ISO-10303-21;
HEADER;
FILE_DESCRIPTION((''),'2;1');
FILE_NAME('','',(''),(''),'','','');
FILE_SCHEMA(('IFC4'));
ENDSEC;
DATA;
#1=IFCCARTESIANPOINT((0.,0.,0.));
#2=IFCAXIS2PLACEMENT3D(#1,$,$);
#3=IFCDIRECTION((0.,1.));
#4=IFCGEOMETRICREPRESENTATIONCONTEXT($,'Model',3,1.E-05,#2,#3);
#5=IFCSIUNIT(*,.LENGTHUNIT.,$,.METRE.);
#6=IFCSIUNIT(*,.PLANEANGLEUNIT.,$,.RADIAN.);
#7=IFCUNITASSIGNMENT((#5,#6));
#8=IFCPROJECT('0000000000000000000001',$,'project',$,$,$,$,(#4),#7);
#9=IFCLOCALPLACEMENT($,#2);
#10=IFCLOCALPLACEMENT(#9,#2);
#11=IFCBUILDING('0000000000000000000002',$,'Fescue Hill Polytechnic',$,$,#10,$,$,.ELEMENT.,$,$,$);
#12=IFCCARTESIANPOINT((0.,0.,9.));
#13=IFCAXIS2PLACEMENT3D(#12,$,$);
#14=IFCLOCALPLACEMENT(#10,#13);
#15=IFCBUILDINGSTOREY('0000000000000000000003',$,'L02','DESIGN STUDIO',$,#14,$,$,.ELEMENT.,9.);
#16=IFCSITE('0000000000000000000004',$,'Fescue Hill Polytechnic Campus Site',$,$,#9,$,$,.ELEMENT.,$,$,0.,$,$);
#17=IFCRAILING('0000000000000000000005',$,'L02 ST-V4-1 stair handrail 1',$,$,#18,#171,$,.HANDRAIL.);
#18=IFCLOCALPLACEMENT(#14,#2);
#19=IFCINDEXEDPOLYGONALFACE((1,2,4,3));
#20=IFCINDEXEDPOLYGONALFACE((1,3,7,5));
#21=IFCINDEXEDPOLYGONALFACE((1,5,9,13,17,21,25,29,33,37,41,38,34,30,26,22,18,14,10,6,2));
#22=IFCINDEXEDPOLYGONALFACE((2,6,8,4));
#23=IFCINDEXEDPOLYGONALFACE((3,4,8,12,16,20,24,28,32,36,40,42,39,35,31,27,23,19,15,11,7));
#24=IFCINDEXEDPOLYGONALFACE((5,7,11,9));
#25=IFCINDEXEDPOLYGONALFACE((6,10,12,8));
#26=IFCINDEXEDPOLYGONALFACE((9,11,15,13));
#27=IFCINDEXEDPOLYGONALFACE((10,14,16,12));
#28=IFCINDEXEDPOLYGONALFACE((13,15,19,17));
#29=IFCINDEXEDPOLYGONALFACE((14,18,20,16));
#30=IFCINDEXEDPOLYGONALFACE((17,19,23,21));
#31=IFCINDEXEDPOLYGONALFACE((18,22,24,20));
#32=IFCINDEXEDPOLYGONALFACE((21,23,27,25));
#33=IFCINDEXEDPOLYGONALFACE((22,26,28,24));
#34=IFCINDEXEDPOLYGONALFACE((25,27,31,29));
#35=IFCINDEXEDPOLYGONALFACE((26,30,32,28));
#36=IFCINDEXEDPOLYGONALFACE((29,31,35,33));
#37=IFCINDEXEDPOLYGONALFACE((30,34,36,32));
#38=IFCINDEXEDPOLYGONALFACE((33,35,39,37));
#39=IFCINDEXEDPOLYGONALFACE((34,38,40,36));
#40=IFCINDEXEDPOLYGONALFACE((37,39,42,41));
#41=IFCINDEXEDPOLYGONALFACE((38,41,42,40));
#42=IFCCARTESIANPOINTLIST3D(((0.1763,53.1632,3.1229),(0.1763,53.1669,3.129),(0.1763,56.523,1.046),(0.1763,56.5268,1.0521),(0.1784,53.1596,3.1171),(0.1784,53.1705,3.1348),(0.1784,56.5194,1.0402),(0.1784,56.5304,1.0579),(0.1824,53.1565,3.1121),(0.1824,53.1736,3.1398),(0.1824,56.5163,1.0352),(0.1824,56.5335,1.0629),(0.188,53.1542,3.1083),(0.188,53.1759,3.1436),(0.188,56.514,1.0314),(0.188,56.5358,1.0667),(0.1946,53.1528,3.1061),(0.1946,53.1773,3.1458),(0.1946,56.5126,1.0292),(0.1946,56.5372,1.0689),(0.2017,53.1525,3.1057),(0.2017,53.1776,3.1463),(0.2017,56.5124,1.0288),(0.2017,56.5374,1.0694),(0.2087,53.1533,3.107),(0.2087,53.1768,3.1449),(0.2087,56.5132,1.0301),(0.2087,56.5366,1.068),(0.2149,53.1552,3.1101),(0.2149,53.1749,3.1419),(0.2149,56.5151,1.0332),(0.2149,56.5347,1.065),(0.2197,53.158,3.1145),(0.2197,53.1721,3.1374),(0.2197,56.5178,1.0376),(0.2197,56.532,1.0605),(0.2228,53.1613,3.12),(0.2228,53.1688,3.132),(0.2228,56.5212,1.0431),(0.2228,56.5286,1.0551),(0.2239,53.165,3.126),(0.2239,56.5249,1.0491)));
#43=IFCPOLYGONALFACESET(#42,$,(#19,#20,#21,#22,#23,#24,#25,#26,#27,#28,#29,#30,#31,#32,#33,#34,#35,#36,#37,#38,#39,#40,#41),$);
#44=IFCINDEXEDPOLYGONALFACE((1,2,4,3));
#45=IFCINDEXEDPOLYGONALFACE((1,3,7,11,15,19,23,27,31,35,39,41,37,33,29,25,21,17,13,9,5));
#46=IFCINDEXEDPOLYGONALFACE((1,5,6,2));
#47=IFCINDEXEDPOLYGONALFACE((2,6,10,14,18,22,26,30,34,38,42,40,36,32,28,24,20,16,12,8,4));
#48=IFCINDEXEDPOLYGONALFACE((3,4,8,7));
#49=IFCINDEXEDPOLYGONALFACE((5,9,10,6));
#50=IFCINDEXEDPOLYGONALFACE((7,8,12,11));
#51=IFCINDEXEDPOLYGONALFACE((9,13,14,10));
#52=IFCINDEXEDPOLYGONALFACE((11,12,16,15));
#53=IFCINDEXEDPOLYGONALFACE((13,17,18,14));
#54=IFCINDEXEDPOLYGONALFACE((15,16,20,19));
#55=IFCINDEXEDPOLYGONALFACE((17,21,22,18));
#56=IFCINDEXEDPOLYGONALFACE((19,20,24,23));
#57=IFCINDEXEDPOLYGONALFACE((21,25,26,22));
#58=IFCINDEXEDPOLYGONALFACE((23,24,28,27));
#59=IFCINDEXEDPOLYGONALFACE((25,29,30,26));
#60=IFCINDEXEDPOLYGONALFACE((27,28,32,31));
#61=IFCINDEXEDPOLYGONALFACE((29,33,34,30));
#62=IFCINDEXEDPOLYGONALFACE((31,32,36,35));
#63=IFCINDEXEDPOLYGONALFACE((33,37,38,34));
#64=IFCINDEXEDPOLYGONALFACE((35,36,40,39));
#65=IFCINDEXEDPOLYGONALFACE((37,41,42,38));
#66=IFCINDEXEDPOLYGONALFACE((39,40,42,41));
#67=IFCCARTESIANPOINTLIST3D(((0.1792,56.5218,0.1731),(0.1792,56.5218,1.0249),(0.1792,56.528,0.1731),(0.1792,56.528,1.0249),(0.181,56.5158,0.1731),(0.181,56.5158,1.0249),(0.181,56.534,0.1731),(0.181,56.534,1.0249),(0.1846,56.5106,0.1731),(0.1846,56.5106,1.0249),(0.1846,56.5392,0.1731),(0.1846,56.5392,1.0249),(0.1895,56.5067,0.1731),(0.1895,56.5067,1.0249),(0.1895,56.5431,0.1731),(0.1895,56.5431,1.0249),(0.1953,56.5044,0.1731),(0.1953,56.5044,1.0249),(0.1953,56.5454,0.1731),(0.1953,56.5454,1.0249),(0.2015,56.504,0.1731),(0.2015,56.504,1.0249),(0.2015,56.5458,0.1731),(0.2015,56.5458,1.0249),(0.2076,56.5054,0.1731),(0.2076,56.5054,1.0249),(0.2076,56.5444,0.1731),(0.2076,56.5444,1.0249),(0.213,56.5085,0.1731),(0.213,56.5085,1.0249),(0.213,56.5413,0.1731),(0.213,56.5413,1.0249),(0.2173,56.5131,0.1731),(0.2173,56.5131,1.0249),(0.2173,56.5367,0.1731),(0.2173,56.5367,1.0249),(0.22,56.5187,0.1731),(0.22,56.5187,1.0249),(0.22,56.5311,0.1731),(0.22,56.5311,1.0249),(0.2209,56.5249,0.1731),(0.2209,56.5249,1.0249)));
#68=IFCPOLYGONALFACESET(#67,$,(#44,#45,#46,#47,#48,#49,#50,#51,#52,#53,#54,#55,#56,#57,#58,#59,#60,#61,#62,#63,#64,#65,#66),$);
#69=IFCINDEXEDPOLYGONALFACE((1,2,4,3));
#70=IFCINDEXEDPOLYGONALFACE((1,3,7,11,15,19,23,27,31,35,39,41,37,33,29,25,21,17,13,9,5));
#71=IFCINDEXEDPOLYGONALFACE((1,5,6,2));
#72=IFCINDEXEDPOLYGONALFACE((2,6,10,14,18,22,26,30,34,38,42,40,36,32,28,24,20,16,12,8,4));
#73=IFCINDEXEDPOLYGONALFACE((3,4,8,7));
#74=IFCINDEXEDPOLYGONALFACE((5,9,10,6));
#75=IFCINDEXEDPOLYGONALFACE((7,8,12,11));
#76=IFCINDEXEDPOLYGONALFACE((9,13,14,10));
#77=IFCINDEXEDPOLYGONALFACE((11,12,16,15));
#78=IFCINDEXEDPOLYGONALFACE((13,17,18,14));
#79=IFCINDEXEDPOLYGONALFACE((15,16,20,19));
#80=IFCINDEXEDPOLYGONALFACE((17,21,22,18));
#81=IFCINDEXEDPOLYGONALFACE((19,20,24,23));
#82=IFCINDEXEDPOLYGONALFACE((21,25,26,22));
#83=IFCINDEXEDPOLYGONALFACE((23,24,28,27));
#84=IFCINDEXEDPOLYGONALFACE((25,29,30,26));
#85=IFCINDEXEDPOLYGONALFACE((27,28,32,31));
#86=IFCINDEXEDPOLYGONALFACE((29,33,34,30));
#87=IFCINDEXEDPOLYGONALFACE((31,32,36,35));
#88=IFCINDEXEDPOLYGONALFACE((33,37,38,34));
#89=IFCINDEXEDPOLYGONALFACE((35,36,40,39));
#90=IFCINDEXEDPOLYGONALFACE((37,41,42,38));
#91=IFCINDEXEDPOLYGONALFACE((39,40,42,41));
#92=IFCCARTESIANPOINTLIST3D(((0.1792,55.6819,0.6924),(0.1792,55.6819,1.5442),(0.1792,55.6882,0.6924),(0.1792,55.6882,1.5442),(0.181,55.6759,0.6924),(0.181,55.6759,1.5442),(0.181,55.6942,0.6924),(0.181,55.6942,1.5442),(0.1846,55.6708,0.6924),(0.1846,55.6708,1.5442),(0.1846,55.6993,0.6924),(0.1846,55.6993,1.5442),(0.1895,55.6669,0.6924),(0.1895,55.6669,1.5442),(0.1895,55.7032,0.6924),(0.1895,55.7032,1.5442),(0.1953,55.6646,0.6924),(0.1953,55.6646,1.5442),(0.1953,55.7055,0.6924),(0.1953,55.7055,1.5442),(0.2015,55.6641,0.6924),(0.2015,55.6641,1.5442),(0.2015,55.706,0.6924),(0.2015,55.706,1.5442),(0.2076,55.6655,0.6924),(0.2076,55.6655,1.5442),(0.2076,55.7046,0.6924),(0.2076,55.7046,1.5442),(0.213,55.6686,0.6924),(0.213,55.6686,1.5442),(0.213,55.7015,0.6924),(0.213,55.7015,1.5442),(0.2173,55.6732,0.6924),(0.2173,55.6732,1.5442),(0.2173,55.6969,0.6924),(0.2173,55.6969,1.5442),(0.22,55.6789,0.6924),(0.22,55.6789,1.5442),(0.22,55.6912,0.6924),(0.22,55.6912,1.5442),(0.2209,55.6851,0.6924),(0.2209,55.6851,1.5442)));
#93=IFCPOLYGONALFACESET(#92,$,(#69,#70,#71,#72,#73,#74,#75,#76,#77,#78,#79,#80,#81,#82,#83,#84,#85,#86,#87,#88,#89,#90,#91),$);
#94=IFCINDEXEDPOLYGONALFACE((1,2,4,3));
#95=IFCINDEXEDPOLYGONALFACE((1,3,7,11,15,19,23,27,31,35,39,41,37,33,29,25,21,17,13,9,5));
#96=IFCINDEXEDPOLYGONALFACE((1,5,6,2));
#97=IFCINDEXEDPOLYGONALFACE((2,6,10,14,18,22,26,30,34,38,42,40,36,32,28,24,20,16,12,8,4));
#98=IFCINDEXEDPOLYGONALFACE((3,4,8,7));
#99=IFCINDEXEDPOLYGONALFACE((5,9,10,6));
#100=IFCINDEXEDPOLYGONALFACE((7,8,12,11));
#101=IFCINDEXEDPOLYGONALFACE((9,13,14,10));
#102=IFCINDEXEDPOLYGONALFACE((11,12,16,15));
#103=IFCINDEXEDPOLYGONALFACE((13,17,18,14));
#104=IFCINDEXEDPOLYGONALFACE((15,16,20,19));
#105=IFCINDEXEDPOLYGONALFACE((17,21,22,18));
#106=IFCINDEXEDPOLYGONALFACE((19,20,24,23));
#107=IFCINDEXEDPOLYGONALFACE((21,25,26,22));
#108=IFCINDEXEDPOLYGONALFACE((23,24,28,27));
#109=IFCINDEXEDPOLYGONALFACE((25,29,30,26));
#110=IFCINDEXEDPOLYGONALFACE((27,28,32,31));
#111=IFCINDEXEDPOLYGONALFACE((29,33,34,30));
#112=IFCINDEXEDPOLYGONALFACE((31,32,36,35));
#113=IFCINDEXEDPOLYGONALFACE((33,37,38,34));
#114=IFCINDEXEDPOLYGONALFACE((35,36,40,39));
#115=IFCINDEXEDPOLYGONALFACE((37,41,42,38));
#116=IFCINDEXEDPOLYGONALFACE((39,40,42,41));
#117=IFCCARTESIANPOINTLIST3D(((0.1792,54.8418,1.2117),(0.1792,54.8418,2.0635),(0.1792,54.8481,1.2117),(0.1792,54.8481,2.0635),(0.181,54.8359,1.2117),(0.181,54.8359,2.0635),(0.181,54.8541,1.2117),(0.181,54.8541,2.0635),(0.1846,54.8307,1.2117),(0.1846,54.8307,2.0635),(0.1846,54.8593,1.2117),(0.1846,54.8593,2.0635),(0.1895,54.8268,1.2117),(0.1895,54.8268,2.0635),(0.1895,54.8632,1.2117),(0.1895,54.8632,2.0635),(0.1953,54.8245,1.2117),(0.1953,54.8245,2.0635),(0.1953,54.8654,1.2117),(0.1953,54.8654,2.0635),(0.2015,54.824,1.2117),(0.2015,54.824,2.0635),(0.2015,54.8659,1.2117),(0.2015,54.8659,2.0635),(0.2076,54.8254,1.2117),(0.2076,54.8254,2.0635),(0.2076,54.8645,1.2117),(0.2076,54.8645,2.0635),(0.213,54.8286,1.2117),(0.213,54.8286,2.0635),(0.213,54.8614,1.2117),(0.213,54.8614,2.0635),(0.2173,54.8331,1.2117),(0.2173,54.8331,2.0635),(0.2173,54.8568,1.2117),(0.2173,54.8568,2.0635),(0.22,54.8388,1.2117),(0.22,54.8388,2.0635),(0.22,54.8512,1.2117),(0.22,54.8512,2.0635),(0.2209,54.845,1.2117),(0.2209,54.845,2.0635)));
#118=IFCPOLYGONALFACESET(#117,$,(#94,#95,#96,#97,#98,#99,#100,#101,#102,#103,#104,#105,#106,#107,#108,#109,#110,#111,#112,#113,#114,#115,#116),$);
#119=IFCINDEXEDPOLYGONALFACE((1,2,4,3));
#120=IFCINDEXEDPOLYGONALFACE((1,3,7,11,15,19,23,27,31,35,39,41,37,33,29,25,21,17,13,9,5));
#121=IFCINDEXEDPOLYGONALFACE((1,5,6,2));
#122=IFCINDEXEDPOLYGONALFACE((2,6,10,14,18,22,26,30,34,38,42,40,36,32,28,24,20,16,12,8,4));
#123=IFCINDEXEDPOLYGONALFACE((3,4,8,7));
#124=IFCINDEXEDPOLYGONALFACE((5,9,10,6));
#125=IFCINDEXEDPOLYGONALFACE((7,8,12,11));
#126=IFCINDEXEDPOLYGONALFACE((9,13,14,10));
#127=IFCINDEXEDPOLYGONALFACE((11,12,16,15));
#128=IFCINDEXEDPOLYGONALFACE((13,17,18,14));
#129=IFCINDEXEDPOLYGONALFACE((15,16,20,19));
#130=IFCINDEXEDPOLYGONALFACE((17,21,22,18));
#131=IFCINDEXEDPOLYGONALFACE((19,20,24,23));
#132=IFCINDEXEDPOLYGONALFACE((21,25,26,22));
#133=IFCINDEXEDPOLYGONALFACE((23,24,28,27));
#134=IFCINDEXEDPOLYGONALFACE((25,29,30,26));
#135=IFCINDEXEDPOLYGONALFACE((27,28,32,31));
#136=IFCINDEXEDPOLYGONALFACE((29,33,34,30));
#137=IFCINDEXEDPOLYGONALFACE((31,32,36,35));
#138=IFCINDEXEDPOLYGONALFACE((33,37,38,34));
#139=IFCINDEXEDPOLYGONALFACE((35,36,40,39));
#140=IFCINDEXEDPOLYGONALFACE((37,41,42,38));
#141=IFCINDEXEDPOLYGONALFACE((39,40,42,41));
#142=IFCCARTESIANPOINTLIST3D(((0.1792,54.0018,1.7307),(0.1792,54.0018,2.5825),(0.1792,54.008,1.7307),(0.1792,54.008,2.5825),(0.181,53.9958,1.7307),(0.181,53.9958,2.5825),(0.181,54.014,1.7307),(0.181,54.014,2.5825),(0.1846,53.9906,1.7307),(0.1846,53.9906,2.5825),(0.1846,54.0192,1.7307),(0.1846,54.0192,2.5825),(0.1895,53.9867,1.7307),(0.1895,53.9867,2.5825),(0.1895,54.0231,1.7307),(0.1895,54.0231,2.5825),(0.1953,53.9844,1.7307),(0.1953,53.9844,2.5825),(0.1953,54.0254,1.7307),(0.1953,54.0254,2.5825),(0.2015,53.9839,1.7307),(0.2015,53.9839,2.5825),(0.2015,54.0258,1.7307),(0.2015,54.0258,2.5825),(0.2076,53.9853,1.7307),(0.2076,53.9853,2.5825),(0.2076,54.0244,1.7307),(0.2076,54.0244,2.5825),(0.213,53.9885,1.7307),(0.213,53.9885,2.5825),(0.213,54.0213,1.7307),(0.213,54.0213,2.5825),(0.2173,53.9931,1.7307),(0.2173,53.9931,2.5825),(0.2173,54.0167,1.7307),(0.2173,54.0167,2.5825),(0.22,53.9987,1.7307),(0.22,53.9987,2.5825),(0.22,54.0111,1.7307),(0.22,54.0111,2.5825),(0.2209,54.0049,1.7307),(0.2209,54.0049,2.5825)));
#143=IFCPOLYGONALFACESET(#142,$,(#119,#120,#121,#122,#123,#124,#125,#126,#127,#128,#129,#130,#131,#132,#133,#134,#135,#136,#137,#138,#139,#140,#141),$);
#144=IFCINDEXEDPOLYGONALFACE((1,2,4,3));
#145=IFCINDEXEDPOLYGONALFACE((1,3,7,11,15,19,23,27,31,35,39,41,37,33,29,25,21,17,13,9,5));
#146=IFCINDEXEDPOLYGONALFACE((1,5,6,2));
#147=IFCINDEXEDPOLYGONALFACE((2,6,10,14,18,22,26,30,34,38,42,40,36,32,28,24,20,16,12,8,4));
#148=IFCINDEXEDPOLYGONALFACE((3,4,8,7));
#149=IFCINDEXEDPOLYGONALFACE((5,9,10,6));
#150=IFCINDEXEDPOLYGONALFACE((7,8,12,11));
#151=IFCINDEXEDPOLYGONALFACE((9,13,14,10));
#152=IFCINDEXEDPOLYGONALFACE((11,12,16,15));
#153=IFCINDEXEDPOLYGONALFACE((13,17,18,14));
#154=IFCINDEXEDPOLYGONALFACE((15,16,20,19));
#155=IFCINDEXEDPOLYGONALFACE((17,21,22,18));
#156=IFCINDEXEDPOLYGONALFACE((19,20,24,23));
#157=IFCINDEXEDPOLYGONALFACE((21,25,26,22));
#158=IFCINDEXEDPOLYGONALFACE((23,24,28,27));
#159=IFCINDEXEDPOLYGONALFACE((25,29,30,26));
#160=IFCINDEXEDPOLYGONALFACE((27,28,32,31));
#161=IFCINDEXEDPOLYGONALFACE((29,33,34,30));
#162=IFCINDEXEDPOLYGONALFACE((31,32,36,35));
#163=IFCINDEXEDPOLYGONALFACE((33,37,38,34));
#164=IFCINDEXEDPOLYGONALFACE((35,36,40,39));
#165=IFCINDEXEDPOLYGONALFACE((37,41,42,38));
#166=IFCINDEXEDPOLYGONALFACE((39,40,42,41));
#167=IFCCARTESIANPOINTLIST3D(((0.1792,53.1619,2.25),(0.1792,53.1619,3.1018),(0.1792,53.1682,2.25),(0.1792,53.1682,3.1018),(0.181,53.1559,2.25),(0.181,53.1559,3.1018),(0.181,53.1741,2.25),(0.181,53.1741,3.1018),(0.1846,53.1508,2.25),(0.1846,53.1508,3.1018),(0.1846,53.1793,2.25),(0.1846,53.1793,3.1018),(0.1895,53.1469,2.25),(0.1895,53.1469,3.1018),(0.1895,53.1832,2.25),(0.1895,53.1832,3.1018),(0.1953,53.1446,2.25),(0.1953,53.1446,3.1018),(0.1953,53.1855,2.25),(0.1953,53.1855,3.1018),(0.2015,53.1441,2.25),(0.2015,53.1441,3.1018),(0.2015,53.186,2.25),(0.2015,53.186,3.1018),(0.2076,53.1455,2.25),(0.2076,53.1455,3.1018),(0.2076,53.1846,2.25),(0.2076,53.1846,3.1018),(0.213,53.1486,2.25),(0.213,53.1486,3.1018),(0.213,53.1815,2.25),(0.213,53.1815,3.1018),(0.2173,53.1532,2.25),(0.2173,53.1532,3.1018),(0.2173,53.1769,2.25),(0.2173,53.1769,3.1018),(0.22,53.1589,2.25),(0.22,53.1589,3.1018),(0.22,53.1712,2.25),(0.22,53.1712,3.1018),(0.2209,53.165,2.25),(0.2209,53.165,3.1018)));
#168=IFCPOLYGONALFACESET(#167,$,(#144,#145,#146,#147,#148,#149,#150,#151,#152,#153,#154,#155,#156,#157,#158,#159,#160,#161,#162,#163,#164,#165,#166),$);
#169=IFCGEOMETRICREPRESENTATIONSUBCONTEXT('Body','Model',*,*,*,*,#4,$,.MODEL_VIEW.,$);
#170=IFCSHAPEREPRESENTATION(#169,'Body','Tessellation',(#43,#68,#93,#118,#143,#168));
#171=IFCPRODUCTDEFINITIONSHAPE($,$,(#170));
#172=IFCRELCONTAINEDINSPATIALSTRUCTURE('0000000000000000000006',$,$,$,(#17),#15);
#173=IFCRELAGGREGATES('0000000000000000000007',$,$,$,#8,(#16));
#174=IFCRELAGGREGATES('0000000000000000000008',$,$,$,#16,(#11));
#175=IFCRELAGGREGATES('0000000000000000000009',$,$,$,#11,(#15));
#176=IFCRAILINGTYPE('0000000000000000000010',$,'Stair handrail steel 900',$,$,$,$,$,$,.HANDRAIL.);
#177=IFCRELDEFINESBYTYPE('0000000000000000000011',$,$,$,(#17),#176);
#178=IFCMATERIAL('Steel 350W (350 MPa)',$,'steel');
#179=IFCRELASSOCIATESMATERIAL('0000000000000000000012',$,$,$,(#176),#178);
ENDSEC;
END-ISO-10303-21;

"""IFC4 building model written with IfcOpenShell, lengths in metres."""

from ifc_helpers import new_model, si_unit, direction, frame, origin, origin_2d, place, context, subcontext, project, spatial, circle, extrude, material, type_object, element, save


model = new_model("IFC4")

# Units and contexts
model_context = context("Model", 3, precision=1e-05, world=origin(), true_north=direction((0.0, 1.0)))
body_context = subcontext(model_context, "Body", "Model", "MODEL_VIEW")
ifc_project = project(units=[si_unit("LENGTHUNIT", "METRE"), si_unit("PLANEANGLEUNIT", "RADIAN")], contexts=[model_context])

# Site, building, storey
site_placement = place(None, origin())
site = spatial("IfcSite", under=ifc_project, at=site_placement, Name="Fescue Hill Polytechnic Campus Site", CompositionType="ELEMENT", RefElevation=0.0)
building_placement = place(site_placement, origin())
building = spatial("IfcBuilding", under=site, at=building_placement, Name="Fescue Hill Polytechnic", CompositionType="ELEMENT")
storey_placement = place(building_placement, frame((0.0, 0.0, 9.0)))
storey = spatial("IfcBuildingStorey", under=building, at=storey_placement, Name="L02", Description="DESIGN STUDIO", CompositionType="ELEMENT", Elevation=9.0)

# Railing
ifc_material_1 = material(Name="Steel 350W (350 MPa)", Category="steel")
railing_type = type_object("IfcRailingType", Name="Stair handrail steel 900", PredefinedType="HANDRAIL", material=ifc_material_1)
for number, where, name in (
    (1, (0.2, 56.5249, 0.1731), "L02 ST-V4-1 stair handrail 1"),
):
    element("IfcRailing", number, at=place(storey_placement, frame(where)), inside=storey, type_object=railing_type, Name=name, PredefinedType="HANDRAIL", context=body_context, shape_type="SweptSolid", body=[
        extrude(circle(Radius=0.0239, at=origin_2d()), frame((0.0, 0.0, 0.876), z_axis=(0.0, -0.850606, 0.525803), x_axis=(1.0, 0.0, 0.0)), (0.0, 0.0, 1.0), 3.95),
        extrude(circle(Radius=0.021, at=origin_2d()), origin(), (0.0, 0.0, 1.0), 0.8518),
        extrude(circle(Radius=0.021, at=origin_2d()), frame((0.0, -0.8398, 0.5193)), (0.0, 0.0, 1.0), 0.8518),
        extrude(circle(Radius=0.021, at=origin_2d()), frame((0.0, -1.6799, 1.0386)), (0.0, 0.0, 1.0), 0.8518),
        extrude(circle(Radius=0.021, at=origin_2d()), frame((0.0, -2.52, 1.5576)), (0.0, 0.0, 1.0), 0.8518),
        extrude(circle(Radius=0.021, at=origin_2d()), frame((0.0, -3.3599, 2.0769)), (0.0, 0.0, 1.0), 0.8518),
    ])

save(model, "model.ifc")
